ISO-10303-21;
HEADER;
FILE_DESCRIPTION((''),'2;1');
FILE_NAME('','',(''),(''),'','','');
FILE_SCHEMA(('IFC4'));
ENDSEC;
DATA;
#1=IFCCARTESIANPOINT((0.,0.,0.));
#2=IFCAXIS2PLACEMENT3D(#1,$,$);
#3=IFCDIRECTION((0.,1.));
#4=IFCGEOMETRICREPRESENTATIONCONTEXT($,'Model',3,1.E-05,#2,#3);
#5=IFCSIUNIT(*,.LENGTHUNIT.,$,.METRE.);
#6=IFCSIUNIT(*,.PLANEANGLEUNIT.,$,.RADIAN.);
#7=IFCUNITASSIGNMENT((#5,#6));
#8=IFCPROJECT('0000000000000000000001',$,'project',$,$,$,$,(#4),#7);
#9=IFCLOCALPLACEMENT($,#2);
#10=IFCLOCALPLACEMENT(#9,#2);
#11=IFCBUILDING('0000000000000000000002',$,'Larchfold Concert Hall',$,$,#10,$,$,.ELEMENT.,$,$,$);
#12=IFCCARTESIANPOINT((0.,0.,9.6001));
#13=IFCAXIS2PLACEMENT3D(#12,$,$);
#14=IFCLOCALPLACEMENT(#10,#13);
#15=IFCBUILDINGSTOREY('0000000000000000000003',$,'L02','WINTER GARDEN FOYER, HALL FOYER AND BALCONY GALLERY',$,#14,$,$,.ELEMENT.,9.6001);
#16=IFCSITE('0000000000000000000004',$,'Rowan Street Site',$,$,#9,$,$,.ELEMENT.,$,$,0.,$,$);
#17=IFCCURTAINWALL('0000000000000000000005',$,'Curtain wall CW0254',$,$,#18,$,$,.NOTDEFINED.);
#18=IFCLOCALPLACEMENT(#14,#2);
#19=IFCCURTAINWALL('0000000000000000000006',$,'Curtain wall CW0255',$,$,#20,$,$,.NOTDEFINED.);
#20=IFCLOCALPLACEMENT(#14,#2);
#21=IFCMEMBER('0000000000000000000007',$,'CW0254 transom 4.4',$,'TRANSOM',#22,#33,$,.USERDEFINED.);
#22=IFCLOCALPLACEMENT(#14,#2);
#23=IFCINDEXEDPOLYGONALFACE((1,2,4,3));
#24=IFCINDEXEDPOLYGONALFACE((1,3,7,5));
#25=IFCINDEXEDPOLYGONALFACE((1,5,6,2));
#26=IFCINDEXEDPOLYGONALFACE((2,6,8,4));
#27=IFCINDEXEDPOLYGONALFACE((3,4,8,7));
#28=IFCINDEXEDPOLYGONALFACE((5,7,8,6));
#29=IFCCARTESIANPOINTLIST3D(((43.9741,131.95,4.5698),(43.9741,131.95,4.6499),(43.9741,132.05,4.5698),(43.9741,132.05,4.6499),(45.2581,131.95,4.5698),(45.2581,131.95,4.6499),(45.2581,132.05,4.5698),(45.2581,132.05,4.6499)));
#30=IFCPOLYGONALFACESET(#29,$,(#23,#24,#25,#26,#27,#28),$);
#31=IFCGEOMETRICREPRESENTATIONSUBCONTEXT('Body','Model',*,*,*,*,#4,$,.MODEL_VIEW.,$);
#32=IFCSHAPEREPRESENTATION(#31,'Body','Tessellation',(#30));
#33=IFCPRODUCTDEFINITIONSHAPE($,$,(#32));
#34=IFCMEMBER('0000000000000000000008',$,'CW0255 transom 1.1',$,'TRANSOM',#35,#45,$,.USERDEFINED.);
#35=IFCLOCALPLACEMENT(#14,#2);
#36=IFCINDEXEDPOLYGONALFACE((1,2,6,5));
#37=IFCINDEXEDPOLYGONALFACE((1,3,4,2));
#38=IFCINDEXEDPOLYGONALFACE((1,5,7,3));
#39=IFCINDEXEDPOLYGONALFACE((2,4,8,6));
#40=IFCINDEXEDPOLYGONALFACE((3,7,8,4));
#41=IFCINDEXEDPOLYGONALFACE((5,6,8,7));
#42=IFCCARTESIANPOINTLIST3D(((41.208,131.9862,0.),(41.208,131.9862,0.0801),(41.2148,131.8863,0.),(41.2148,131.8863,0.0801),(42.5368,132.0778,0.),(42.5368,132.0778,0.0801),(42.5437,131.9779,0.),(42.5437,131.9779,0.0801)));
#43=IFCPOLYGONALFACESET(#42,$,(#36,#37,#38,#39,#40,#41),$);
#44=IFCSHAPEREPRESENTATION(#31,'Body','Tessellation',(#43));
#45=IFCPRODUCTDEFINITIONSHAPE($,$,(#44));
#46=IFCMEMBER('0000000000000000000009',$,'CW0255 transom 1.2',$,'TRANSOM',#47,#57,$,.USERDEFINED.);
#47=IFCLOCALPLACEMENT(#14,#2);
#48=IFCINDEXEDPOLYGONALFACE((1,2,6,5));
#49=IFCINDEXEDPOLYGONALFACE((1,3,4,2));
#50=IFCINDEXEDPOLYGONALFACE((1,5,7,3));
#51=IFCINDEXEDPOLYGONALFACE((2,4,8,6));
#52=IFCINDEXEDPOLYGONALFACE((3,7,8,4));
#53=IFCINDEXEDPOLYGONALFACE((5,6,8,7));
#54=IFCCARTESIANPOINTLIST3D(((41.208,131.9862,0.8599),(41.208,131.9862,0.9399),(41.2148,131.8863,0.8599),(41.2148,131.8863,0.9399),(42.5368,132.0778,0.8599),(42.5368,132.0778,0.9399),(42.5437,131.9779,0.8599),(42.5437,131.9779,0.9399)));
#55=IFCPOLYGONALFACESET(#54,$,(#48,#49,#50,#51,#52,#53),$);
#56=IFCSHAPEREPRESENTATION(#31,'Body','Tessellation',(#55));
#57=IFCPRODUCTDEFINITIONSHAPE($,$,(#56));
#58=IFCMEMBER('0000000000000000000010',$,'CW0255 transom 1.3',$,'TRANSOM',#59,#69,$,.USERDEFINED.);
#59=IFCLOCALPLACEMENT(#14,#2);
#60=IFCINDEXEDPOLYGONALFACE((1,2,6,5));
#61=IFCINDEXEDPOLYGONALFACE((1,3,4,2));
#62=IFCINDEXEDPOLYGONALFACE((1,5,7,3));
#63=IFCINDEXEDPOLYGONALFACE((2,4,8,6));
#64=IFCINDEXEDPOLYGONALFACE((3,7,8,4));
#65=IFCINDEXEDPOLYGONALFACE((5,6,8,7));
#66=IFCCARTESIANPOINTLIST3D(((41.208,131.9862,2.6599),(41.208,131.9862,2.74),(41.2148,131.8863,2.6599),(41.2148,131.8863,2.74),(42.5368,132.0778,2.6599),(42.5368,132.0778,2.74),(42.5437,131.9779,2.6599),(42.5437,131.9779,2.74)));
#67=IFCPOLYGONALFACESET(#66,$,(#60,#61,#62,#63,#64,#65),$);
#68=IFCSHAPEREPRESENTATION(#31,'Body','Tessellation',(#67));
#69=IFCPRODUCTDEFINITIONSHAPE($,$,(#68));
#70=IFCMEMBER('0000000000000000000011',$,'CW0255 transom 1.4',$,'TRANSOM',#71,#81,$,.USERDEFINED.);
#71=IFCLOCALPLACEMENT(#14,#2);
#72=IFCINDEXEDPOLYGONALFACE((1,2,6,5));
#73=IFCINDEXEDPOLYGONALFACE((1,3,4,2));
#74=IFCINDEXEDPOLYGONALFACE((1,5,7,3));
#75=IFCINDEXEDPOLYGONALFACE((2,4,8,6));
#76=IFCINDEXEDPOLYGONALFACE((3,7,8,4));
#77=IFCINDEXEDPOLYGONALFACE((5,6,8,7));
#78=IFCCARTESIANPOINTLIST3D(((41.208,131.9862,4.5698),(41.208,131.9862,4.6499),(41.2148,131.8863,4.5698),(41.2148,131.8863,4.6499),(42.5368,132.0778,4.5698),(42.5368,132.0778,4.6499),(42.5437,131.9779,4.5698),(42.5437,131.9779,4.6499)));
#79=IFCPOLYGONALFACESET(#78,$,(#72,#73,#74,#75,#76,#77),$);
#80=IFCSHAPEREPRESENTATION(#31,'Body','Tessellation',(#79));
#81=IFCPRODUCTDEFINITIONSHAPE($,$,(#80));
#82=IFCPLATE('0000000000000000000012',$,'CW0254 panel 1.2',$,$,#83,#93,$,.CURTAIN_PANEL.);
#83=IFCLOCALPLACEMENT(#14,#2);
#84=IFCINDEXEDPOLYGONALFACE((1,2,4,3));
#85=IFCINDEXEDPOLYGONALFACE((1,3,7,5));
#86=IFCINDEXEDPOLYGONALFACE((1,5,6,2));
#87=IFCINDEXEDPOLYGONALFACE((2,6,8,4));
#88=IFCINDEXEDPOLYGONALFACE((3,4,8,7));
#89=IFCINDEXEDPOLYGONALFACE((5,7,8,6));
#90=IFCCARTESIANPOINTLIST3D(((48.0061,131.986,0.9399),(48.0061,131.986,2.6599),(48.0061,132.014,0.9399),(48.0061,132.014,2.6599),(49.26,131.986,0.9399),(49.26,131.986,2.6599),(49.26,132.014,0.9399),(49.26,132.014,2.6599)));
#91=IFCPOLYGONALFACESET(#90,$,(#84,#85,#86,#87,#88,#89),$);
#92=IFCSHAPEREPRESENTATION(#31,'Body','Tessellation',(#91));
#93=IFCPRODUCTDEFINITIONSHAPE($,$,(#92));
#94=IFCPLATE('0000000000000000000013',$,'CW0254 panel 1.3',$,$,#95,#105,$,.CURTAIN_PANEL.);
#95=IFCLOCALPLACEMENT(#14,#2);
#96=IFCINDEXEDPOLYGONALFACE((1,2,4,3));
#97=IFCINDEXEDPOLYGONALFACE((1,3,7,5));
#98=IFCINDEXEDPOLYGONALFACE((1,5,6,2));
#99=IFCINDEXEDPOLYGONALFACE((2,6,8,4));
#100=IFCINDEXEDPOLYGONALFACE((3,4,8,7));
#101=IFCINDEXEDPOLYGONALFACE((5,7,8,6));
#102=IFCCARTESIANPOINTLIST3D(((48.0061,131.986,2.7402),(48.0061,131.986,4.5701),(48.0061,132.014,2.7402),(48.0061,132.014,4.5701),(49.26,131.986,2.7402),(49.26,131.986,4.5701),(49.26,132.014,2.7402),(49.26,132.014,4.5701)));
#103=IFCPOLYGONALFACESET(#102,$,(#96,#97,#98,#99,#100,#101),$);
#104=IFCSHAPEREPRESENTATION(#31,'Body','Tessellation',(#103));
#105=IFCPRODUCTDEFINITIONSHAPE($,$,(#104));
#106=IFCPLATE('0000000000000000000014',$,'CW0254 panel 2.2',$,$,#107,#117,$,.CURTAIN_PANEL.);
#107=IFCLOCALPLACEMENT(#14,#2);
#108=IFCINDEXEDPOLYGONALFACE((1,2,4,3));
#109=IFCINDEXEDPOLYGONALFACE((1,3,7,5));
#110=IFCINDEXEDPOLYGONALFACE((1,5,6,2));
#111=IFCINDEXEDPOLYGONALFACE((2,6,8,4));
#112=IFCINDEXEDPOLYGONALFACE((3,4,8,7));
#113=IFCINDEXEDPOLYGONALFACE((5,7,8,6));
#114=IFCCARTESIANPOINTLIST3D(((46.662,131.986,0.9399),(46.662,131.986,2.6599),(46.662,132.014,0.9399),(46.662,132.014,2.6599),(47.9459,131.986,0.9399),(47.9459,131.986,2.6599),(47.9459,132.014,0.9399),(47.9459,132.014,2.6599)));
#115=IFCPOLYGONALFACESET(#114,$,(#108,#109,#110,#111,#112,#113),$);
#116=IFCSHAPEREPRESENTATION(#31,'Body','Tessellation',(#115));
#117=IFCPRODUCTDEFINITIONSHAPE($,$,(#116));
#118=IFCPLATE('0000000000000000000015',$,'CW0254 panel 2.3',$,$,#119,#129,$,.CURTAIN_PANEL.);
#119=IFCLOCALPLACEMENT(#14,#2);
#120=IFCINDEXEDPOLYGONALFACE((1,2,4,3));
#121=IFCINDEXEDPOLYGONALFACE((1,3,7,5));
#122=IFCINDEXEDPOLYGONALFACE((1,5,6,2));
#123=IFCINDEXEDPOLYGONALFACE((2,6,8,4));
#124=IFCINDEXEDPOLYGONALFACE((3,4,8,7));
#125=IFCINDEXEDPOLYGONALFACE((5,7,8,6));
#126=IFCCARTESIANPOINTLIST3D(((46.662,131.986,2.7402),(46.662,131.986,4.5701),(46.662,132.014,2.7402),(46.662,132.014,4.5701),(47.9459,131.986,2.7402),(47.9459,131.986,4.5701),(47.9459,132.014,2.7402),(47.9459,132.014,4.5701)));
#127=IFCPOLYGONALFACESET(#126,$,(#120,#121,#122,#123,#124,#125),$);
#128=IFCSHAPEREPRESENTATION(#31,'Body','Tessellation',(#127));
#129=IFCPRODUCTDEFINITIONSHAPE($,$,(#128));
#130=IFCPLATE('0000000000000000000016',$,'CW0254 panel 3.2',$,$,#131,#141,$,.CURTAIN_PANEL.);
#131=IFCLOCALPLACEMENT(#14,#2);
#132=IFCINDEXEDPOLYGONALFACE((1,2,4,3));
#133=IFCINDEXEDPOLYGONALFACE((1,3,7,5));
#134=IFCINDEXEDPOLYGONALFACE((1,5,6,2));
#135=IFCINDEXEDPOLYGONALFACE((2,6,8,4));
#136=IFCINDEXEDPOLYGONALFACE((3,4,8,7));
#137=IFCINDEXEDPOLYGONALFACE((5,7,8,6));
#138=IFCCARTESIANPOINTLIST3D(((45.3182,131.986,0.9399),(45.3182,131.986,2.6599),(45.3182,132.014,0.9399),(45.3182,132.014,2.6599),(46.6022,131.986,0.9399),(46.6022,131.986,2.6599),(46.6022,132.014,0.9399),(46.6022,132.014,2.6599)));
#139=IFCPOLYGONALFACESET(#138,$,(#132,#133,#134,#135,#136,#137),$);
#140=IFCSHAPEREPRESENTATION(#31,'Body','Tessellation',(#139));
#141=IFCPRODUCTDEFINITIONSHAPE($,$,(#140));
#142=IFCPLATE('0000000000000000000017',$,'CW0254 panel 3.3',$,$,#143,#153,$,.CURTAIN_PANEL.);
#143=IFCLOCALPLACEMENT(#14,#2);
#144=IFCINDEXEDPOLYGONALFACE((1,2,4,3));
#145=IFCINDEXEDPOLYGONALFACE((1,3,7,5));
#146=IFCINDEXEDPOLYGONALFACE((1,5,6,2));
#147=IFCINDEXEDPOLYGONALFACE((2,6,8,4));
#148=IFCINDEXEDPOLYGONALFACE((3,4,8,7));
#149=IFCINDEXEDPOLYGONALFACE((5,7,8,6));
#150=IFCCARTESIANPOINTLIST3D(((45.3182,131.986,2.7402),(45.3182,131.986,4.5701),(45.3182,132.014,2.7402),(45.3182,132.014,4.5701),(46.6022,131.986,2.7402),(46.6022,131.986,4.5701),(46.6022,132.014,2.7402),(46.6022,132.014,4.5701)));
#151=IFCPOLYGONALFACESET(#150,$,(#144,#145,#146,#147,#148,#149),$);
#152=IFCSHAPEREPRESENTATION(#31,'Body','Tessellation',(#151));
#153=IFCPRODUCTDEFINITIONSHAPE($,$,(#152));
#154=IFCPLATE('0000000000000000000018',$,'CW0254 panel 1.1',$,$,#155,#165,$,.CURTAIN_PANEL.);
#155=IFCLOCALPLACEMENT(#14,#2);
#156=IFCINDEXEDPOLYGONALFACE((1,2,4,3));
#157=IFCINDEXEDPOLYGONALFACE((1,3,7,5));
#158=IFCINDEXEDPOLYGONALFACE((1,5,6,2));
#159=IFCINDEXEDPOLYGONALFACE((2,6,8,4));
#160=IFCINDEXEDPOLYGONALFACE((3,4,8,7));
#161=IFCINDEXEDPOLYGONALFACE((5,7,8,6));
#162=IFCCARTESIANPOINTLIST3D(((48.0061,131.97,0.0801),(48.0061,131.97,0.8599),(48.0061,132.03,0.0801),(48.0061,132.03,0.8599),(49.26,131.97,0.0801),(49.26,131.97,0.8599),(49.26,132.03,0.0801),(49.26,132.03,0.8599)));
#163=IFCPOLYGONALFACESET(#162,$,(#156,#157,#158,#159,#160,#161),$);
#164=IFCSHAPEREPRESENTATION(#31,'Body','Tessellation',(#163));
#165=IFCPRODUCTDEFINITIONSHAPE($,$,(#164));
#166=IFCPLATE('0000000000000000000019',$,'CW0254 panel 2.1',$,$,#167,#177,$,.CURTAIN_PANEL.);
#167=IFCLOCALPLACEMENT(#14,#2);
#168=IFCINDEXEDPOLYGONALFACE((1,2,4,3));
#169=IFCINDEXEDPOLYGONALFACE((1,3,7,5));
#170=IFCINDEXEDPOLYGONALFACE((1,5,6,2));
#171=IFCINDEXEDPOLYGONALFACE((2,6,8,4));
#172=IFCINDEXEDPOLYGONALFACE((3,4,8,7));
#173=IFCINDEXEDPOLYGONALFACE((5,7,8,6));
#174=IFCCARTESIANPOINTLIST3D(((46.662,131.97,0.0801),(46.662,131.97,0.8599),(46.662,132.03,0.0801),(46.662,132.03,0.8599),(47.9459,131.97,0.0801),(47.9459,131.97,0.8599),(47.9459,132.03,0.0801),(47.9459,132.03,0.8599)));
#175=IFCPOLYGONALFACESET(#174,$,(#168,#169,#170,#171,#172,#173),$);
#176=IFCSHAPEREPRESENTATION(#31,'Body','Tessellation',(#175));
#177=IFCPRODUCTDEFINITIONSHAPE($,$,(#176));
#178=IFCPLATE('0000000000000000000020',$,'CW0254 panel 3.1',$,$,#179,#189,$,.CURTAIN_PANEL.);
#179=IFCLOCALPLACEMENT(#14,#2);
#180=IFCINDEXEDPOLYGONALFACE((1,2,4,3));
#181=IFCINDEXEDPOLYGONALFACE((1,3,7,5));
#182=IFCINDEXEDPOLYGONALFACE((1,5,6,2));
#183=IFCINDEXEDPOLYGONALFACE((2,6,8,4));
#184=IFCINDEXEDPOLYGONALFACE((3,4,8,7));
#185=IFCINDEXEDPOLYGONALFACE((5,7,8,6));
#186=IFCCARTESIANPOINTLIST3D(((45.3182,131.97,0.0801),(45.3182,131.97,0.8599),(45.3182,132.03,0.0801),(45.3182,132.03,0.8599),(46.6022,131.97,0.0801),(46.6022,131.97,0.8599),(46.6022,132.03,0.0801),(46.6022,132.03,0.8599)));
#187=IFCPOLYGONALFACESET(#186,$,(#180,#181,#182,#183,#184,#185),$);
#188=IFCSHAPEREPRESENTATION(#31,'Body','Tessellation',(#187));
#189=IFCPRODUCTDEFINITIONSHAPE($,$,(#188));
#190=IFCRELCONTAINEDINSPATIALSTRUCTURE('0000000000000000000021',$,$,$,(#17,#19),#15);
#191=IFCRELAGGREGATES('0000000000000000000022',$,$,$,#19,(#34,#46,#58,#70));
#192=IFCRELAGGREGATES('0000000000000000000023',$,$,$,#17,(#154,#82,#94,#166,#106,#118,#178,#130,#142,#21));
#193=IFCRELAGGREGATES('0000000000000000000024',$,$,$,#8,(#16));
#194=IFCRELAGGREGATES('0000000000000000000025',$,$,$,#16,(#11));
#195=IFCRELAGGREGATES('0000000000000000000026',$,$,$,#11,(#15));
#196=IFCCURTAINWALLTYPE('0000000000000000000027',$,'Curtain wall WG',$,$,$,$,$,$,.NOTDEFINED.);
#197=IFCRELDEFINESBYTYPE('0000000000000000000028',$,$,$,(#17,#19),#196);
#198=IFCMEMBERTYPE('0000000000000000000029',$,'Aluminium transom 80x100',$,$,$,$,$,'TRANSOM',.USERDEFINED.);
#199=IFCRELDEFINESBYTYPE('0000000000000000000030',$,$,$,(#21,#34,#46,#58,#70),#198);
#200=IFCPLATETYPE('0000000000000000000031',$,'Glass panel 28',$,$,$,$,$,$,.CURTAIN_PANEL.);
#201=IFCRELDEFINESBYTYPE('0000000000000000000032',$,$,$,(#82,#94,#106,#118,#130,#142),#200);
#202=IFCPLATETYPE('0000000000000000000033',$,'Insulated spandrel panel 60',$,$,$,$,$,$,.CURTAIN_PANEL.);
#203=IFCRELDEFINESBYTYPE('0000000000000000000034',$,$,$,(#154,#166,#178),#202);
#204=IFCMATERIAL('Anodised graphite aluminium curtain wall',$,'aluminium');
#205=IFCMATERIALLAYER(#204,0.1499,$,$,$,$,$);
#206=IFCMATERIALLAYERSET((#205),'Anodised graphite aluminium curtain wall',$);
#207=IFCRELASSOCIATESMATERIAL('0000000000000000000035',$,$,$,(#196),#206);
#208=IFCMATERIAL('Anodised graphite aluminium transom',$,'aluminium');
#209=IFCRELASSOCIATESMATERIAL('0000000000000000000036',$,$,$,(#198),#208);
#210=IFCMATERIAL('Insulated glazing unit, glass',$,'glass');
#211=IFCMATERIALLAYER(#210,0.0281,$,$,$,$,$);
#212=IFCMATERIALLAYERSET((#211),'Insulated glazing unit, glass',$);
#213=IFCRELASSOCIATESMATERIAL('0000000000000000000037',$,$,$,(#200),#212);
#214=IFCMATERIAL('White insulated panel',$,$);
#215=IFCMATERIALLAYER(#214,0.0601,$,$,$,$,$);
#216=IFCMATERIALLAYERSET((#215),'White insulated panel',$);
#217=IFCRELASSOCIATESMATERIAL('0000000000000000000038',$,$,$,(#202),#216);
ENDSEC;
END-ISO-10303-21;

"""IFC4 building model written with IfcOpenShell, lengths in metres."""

from ifc_helpers import new_model, si_unit, direction, frame, origin, origin_2d, place, context, subcontext, project, spatial, rectangle, extrude, material, layer, layer_set, material_profile, profile_set, type_object, element, aggregate, save


model = new_model("IFC4")

# Units and contexts
model_context = context("Model", 3, precision=1e-05, world=origin(), true_north=direction((0.0, 1.0)))
body_context = subcontext(model_context, "Body", "Model", "MODEL_VIEW")
ifc_project = project(units=[si_unit("LENGTHUNIT", "METRE"), si_unit("PLANEANGLEUNIT", "RADIAN")], contexts=[model_context])

# Site, building, storey
site_placement = place(None, origin())
site = spatial("IfcSite", under=ifc_project, at=site_placement, Name="Rowan Street Site", CompositionType="ELEMENT", RefElevation=0.0)
building_placement = place(site_placement, origin())
building = spatial("IfcBuilding", under=site, at=building_placement, Name="Larchfold Concert Hall", CompositionType="ELEMENT")
storey_placement = place(building_placement, frame((0.0, 0.0, 9.6001)))
storey = spatial("IfcBuildingStorey", under=building, at=storey_placement, Name="L02", Description="WINTER GARDEN FOYER, HALL FOYER AND BALCONY GALLERY", CompositionType="ELEMENT", Elevation=9.6001)

# Curtain wall
ifc_material_1 = material(Name="Anodised graphite aluminium curtain wall", Category="aluminium")
ifc_layer_1 = layer(ifc_material_1, 0.1499)
ifc_layer_set_1 = layer_set([ifc_layer_1], Name="Anodised graphite aluminium curtain wall")
curtain_wall_type = type_object("IfcCurtainWallType", Name="Curtain wall WG", PredefinedType="NOTDEFINED", material=ifc_layer_set_1)
curtain_wall_1_placement = place(storey_placement, origin())
curtain_wall_1 = element("IfcCurtainWall", 1, at=curtain_wall_1_placement, inside=storey, type_object=curtain_wall_type, Name="Curtain wall CW0254", PredefinedType="NOTDEFINED")

# Curtain wall
curtain_wall_2_placement = place(storey_placement, origin())
curtain_wall_2 = element("IfcCurtainWall", 2, at=curtain_wall_2_placement, inside=storey, type_object=curtain_wall_type, Name="Curtain wall CW0255", PredefinedType="NOTDEFINED")

# Members
ifc_material_2 = material(Name="Anodised graphite aluminium transom", Category="aluminium")
ifc_material_profile_1 = material_profile(ifc_material_2, rectangle(XDim=0.1001, YDim=0.0801, at=origin_2d()))
ifc_profile_set_1 = profile_set([ifc_material_profile_1], Name="Anodised graphite aluminium transom")
member_type_1 = type_object("IfcMemberType", Name="Aluminium transom 80x100", ElementType="TRANSOM", PredefinedType="USERDEFINED", material=ifc_profile_set_1)
member_1_placement = place(storey_placement, frame((45.2581, 132.0, 4.6099), z_axis=(-1.0, 0.0, 0.0), x_axis=(0.0, -1.0, 0.0)))
member_1 = element("IfcMember", 3, at=member_1_placement, type_object=member_type_1, Name="CW0254 transom 4.4", ObjectType="TRANSOM", PredefinedType="USERDEFINED", context=body_context, shape_type="SweptSolid", body=[
    extrude(rectangle(XDim=0.1001, YDim=0.0801, at=origin_2d()), origin(), (0.0, 0.0, 1.0), 1.2839),
])
member_2_placement = place(storey_placement, frame((42.5403, 132.0278, 0.04), z_axis=(-0.997635, -0.068733, 0.0), x_axis=(0.068733, -0.997635, 0.0)))
member_2 = element("IfcMember", 4, at=member_2_placement, type_object=member_type_1, Name="CW0255 transom 1.1", ObjectType="TRANSOM", PredefinedType="USERDEFINED", context=body_context, shape_type="SweptSolid", body=[
    extrude(rectangle(XDim=0.1001, YDim=0.0801, at=origin_2d()), origin(), (0.0, 0.0, 1.0), 1.332),
])
member_3_placement = place(storey_placement, frame((42.5403, 132.0278, 0.8999), z_axis=(-0.997635, -0.068733, 0.0), x_axis=(0.068733, -0.997635, 0.0)))
member_3 = element("IfcMember", 5, at=member_3_placement, type_object=member_type_1, Name="CW0255 transom 1.2", ObjectType="TRANSOM", PredefinedType="USERDEFINED", context=body_context, shape_type="SweptSolid", body=[
    extrude(rectangle(XDim=0.1001, YDim=0.0801, at=origin_2d()), origin(), (0.0, 0.0, 1.0), 1.332),
])
member_4_placement = place(storey_placement, frame((42.5403, 132.0278, 2.7), z_axis=(-0.997635, -0.068733, 0.0), x_axis=(0.068733, -0.997635, 0.0)))
member_4 = element("IfcMember", 6, at=member_4_placement, type_object=member_type_1, Name="CW0255 transom 1.3", ObjectType="TRANSOM", PredefinedType="USERDEFINED", context=body_context, shape_type="SweptSolid", body=[
    extrude(rectangle(XDim=0.1001, YDim=0.0801, at=origin_2d()), origin(), (0.0, 0.0, 1.0), 1.332),
])
member_5_placement = place(storey_placement, frame((42.5403, 132.0278, 4.6099), z_axis=(-0.997635, -0.068733, 0.0), x_axis=(0.068733, -0.997635, 0.0)))
member_5 = element("IfcMember", 7, at=member_5_placement, type_object=member_type_1, Name="CW0255 transom 1.4", ObjectType="TRANSOM", PredefinedType="USERDEFINED", context=body_context, shape_type="SweptSolid", body=[
    extrude(rectangle(XDim=0.1001, YDim=0.0801, at=origin_2d()), origin(), (0.0, 0.0, 1.0), 1.332),
])
aggregate(curtain_wall_2, [member_2, member_3, member_4, member_5])

# Plates
ifc_material_3 = material(Name="Insulated glazing unit, glass", Category="glass")
ifc_layer_2 = layer(ifc_material_3, 0.0281)
ifc_layer_set_2 = layer_set([ifc_layer_2], Name="Insulated glazing unit, glass")
plate_type_1 = type_object("IfcPlateType", Name="Glass panel 28", PredefinedType="CURTAIN_PANEL", material=ifc_layer_set_2)
plate_1_placement = place(storey_placement, frame((48.6331, 132.0, 0.9399), z_axis=(0.0, 0.0, 1.0), x_axis=(-1.0, 0.0, 0.0)))
plate_1 = element("IfcPlate", 8, at=plate_1_placement, type_object=plate_type_1, Name="CW0254 panel 1.2", PredefinedType="CURTAIN_PANEL", context=body_context, shape_type="SweptSolid", body=[
    extrude(rectangle(XDim=1.2539, YDim=0.0281, at=origin_2d()), origin(), (0.0, 0.0, 1.0), 1.72),
])
plate_2_placement = place(storey_placement, frame((48.6331, 132.0, 2.7402), z_axis=(0.0, 0.0, 1.0), x_axis=(-1.0, 0.0, 0.0)))
plate_2 = element("IfcPlate", 9, at=plate_2_placement, type_object=plate_type_1, Name="CW0254 panel 1.3", PredefinedType="CURTAIN_PANEL", context=body_context, shape_type="SweptSolid", body=[
    extrude(rectangle(XDim=1.2539, YDim=0.0281, at=origin_2d()), origin(), (0.0, 0.0, 1.0), 1.8298),
])
plate_3_placement = place(storey_placement, frame((47.304, 132.0, 0.9399), z_axis=(0.0, 0.0, 1.0), x_axis=(-1.0, 0.0, 0.0)))
plate_3 = element("IfcPlate", 10, at=plate_3_placement, type_object=plate_type_1, Name="CW0254 panel 2.2", PredefinedType="CURTAIN_PANEL", context=body_context, shape_type="SweptSolid", body=[
    extrude(rectangle(XDim=1.2839, YDim=0.0281, at=origin_2d()), origin(), (0.0, 0.0, 1.0), 1.72),
])
plate_4_placement = place(storey_placement, frame((47.304, 132.0, 2.7402), z_axis=(0.0, 0.0, 1.0), x_axis=(-1.0, 0.0, 0.0)))
plate_4 = element("IfcPlate", 11, at=plate_4_placement, type_object=plate_type_1, Name="CW0254 panel 2.3", PredefinedType="CURTAIN_PANEL", context=body_context, shape_type="SweptSolid", body=[
    extrude(rectangle(XDim=1.2839, YDim=0.0281, at=origin_2d()), origin(), (0.0, 0.0, 1.0), 1.8298),
])
plate_5_placement = place(storey_placement, frame((45.9602, 132.0, 0.9399), z_axis=(0.0, 0.0, 1.0), x_axis=(-1.0, 0.0, 0.0)))
plate_5 = element("IfcPlate", 12, at=plate_5_placement, type_object=plate_type_1, Name="CW0254 panel 3.2", PredefinedType="CURTAIN_PANEL", context=body_context, shape_type="SweptSolid", body=[
    extrude(rectangle(XDim=1.2839, YDim=0.0281, at=origin_2d()), origin(), (0.0, 0.0, 1.0), 1.72),
])
plate_6_placement = place(storey_placement, frame((45.9602, 132.0, 2.7402), z_axis=(0.0, 0.0, 1.0), x_axis=(-1.0, 0.0, 0.0)))
plate_6 = element("IfcPlate", 13, at=plate_6_placement, type_object=plate_type_1, Name="CW0254 panel 3.3", PredefinedType="CURTAIN_PANEL", context=body_context, shape_type="SweptSolid", body=[
    extrude(rectangle(XDim=1.2839, YDim=0.0281, at=origin_2d()), origin(), (0.0, 0.0, 1.0), 1.8298),
])
ifc_material_4 = material(Name="White insulated panel")
ifc_layer_3 = layer(ifc_material_4, 0.0601)
ifc_layer_set_3 = layer_set([ifc_layer_3], Name="White insulated panel")
plate_type_2 = type_object("IfcPlateType", Name="Insulated spandrel panel 60", PredefinedType="CURTAIN_PANEL", material=ifc_layer_set_3)
plate_7_placement = place(storey_placement, frame((48.6331, 132.0, 0.0801), z_axis=(0.0, 0.0, 1.0), x_axis=(-1.0, 0.0, 0.0)))
plate_7 = element("IfcPlate", 14, at=plate_7_placement, type_object=plate_type_2, Name="CW0254 panel 1.1", PredefinedType="CURTAIN_PANEL", context=body_context, shape_type="SweptSolid", body=[
    extrude(rectangle(XDim=1.2539, YDim=0.0601, at=origin_2d()), origin(), (0.0, 0.0, 1.0), 0.7798),
])
plate_8_placement = place(storey_placement, frame((47.304, 132.0, 0.0801), z_axis=(0.0, 0.0, 1.0), x_axis=(-1.0, 0.0, 0.0)))
plate_8 = element("IfcPlate", 15, at=plate_8_placement, type_object=plate_type_2, Name="CW0254 panel 2.1", PredefinedType="CURTAIN_PANEL", context=body_context, shape_type="SweptSolid", body=[
    extrude(rectangle(XDim=1.2839, YDim=0.0601, at=origin_2d()), origin(), (0.0, 0.0, 1.0), 0.7798),
])
plate_9_placement = place(storey_placement, frame((45.9602, 132.0, 0.0801), z_axis=(0.0, 0.0, 1.0), x_axis=(-1.0, 0.0, 0.0)))
plate_9 = element("IfcPlate", 16, at=plate_9_placement, type_object=plate_type_2, Name="CW0254 panel 3.1", PredefinedType="CURTAIN_PANEL", context=body_context, shape_type="SweptSolid", body=[
    extrude(rectangle(XDim=1.2839, YDim=0.0601, at=origin_2d()), origin(), (0.0, 0.0, 1.0), 0.7798),
])
aggregate(curtain_wall_1, [plate_7, plate_1, plate_2, plate_8, plate_3, plate_4, plate_9, plate_5, plate_6, member_1])

save(model, "model.ifc")
